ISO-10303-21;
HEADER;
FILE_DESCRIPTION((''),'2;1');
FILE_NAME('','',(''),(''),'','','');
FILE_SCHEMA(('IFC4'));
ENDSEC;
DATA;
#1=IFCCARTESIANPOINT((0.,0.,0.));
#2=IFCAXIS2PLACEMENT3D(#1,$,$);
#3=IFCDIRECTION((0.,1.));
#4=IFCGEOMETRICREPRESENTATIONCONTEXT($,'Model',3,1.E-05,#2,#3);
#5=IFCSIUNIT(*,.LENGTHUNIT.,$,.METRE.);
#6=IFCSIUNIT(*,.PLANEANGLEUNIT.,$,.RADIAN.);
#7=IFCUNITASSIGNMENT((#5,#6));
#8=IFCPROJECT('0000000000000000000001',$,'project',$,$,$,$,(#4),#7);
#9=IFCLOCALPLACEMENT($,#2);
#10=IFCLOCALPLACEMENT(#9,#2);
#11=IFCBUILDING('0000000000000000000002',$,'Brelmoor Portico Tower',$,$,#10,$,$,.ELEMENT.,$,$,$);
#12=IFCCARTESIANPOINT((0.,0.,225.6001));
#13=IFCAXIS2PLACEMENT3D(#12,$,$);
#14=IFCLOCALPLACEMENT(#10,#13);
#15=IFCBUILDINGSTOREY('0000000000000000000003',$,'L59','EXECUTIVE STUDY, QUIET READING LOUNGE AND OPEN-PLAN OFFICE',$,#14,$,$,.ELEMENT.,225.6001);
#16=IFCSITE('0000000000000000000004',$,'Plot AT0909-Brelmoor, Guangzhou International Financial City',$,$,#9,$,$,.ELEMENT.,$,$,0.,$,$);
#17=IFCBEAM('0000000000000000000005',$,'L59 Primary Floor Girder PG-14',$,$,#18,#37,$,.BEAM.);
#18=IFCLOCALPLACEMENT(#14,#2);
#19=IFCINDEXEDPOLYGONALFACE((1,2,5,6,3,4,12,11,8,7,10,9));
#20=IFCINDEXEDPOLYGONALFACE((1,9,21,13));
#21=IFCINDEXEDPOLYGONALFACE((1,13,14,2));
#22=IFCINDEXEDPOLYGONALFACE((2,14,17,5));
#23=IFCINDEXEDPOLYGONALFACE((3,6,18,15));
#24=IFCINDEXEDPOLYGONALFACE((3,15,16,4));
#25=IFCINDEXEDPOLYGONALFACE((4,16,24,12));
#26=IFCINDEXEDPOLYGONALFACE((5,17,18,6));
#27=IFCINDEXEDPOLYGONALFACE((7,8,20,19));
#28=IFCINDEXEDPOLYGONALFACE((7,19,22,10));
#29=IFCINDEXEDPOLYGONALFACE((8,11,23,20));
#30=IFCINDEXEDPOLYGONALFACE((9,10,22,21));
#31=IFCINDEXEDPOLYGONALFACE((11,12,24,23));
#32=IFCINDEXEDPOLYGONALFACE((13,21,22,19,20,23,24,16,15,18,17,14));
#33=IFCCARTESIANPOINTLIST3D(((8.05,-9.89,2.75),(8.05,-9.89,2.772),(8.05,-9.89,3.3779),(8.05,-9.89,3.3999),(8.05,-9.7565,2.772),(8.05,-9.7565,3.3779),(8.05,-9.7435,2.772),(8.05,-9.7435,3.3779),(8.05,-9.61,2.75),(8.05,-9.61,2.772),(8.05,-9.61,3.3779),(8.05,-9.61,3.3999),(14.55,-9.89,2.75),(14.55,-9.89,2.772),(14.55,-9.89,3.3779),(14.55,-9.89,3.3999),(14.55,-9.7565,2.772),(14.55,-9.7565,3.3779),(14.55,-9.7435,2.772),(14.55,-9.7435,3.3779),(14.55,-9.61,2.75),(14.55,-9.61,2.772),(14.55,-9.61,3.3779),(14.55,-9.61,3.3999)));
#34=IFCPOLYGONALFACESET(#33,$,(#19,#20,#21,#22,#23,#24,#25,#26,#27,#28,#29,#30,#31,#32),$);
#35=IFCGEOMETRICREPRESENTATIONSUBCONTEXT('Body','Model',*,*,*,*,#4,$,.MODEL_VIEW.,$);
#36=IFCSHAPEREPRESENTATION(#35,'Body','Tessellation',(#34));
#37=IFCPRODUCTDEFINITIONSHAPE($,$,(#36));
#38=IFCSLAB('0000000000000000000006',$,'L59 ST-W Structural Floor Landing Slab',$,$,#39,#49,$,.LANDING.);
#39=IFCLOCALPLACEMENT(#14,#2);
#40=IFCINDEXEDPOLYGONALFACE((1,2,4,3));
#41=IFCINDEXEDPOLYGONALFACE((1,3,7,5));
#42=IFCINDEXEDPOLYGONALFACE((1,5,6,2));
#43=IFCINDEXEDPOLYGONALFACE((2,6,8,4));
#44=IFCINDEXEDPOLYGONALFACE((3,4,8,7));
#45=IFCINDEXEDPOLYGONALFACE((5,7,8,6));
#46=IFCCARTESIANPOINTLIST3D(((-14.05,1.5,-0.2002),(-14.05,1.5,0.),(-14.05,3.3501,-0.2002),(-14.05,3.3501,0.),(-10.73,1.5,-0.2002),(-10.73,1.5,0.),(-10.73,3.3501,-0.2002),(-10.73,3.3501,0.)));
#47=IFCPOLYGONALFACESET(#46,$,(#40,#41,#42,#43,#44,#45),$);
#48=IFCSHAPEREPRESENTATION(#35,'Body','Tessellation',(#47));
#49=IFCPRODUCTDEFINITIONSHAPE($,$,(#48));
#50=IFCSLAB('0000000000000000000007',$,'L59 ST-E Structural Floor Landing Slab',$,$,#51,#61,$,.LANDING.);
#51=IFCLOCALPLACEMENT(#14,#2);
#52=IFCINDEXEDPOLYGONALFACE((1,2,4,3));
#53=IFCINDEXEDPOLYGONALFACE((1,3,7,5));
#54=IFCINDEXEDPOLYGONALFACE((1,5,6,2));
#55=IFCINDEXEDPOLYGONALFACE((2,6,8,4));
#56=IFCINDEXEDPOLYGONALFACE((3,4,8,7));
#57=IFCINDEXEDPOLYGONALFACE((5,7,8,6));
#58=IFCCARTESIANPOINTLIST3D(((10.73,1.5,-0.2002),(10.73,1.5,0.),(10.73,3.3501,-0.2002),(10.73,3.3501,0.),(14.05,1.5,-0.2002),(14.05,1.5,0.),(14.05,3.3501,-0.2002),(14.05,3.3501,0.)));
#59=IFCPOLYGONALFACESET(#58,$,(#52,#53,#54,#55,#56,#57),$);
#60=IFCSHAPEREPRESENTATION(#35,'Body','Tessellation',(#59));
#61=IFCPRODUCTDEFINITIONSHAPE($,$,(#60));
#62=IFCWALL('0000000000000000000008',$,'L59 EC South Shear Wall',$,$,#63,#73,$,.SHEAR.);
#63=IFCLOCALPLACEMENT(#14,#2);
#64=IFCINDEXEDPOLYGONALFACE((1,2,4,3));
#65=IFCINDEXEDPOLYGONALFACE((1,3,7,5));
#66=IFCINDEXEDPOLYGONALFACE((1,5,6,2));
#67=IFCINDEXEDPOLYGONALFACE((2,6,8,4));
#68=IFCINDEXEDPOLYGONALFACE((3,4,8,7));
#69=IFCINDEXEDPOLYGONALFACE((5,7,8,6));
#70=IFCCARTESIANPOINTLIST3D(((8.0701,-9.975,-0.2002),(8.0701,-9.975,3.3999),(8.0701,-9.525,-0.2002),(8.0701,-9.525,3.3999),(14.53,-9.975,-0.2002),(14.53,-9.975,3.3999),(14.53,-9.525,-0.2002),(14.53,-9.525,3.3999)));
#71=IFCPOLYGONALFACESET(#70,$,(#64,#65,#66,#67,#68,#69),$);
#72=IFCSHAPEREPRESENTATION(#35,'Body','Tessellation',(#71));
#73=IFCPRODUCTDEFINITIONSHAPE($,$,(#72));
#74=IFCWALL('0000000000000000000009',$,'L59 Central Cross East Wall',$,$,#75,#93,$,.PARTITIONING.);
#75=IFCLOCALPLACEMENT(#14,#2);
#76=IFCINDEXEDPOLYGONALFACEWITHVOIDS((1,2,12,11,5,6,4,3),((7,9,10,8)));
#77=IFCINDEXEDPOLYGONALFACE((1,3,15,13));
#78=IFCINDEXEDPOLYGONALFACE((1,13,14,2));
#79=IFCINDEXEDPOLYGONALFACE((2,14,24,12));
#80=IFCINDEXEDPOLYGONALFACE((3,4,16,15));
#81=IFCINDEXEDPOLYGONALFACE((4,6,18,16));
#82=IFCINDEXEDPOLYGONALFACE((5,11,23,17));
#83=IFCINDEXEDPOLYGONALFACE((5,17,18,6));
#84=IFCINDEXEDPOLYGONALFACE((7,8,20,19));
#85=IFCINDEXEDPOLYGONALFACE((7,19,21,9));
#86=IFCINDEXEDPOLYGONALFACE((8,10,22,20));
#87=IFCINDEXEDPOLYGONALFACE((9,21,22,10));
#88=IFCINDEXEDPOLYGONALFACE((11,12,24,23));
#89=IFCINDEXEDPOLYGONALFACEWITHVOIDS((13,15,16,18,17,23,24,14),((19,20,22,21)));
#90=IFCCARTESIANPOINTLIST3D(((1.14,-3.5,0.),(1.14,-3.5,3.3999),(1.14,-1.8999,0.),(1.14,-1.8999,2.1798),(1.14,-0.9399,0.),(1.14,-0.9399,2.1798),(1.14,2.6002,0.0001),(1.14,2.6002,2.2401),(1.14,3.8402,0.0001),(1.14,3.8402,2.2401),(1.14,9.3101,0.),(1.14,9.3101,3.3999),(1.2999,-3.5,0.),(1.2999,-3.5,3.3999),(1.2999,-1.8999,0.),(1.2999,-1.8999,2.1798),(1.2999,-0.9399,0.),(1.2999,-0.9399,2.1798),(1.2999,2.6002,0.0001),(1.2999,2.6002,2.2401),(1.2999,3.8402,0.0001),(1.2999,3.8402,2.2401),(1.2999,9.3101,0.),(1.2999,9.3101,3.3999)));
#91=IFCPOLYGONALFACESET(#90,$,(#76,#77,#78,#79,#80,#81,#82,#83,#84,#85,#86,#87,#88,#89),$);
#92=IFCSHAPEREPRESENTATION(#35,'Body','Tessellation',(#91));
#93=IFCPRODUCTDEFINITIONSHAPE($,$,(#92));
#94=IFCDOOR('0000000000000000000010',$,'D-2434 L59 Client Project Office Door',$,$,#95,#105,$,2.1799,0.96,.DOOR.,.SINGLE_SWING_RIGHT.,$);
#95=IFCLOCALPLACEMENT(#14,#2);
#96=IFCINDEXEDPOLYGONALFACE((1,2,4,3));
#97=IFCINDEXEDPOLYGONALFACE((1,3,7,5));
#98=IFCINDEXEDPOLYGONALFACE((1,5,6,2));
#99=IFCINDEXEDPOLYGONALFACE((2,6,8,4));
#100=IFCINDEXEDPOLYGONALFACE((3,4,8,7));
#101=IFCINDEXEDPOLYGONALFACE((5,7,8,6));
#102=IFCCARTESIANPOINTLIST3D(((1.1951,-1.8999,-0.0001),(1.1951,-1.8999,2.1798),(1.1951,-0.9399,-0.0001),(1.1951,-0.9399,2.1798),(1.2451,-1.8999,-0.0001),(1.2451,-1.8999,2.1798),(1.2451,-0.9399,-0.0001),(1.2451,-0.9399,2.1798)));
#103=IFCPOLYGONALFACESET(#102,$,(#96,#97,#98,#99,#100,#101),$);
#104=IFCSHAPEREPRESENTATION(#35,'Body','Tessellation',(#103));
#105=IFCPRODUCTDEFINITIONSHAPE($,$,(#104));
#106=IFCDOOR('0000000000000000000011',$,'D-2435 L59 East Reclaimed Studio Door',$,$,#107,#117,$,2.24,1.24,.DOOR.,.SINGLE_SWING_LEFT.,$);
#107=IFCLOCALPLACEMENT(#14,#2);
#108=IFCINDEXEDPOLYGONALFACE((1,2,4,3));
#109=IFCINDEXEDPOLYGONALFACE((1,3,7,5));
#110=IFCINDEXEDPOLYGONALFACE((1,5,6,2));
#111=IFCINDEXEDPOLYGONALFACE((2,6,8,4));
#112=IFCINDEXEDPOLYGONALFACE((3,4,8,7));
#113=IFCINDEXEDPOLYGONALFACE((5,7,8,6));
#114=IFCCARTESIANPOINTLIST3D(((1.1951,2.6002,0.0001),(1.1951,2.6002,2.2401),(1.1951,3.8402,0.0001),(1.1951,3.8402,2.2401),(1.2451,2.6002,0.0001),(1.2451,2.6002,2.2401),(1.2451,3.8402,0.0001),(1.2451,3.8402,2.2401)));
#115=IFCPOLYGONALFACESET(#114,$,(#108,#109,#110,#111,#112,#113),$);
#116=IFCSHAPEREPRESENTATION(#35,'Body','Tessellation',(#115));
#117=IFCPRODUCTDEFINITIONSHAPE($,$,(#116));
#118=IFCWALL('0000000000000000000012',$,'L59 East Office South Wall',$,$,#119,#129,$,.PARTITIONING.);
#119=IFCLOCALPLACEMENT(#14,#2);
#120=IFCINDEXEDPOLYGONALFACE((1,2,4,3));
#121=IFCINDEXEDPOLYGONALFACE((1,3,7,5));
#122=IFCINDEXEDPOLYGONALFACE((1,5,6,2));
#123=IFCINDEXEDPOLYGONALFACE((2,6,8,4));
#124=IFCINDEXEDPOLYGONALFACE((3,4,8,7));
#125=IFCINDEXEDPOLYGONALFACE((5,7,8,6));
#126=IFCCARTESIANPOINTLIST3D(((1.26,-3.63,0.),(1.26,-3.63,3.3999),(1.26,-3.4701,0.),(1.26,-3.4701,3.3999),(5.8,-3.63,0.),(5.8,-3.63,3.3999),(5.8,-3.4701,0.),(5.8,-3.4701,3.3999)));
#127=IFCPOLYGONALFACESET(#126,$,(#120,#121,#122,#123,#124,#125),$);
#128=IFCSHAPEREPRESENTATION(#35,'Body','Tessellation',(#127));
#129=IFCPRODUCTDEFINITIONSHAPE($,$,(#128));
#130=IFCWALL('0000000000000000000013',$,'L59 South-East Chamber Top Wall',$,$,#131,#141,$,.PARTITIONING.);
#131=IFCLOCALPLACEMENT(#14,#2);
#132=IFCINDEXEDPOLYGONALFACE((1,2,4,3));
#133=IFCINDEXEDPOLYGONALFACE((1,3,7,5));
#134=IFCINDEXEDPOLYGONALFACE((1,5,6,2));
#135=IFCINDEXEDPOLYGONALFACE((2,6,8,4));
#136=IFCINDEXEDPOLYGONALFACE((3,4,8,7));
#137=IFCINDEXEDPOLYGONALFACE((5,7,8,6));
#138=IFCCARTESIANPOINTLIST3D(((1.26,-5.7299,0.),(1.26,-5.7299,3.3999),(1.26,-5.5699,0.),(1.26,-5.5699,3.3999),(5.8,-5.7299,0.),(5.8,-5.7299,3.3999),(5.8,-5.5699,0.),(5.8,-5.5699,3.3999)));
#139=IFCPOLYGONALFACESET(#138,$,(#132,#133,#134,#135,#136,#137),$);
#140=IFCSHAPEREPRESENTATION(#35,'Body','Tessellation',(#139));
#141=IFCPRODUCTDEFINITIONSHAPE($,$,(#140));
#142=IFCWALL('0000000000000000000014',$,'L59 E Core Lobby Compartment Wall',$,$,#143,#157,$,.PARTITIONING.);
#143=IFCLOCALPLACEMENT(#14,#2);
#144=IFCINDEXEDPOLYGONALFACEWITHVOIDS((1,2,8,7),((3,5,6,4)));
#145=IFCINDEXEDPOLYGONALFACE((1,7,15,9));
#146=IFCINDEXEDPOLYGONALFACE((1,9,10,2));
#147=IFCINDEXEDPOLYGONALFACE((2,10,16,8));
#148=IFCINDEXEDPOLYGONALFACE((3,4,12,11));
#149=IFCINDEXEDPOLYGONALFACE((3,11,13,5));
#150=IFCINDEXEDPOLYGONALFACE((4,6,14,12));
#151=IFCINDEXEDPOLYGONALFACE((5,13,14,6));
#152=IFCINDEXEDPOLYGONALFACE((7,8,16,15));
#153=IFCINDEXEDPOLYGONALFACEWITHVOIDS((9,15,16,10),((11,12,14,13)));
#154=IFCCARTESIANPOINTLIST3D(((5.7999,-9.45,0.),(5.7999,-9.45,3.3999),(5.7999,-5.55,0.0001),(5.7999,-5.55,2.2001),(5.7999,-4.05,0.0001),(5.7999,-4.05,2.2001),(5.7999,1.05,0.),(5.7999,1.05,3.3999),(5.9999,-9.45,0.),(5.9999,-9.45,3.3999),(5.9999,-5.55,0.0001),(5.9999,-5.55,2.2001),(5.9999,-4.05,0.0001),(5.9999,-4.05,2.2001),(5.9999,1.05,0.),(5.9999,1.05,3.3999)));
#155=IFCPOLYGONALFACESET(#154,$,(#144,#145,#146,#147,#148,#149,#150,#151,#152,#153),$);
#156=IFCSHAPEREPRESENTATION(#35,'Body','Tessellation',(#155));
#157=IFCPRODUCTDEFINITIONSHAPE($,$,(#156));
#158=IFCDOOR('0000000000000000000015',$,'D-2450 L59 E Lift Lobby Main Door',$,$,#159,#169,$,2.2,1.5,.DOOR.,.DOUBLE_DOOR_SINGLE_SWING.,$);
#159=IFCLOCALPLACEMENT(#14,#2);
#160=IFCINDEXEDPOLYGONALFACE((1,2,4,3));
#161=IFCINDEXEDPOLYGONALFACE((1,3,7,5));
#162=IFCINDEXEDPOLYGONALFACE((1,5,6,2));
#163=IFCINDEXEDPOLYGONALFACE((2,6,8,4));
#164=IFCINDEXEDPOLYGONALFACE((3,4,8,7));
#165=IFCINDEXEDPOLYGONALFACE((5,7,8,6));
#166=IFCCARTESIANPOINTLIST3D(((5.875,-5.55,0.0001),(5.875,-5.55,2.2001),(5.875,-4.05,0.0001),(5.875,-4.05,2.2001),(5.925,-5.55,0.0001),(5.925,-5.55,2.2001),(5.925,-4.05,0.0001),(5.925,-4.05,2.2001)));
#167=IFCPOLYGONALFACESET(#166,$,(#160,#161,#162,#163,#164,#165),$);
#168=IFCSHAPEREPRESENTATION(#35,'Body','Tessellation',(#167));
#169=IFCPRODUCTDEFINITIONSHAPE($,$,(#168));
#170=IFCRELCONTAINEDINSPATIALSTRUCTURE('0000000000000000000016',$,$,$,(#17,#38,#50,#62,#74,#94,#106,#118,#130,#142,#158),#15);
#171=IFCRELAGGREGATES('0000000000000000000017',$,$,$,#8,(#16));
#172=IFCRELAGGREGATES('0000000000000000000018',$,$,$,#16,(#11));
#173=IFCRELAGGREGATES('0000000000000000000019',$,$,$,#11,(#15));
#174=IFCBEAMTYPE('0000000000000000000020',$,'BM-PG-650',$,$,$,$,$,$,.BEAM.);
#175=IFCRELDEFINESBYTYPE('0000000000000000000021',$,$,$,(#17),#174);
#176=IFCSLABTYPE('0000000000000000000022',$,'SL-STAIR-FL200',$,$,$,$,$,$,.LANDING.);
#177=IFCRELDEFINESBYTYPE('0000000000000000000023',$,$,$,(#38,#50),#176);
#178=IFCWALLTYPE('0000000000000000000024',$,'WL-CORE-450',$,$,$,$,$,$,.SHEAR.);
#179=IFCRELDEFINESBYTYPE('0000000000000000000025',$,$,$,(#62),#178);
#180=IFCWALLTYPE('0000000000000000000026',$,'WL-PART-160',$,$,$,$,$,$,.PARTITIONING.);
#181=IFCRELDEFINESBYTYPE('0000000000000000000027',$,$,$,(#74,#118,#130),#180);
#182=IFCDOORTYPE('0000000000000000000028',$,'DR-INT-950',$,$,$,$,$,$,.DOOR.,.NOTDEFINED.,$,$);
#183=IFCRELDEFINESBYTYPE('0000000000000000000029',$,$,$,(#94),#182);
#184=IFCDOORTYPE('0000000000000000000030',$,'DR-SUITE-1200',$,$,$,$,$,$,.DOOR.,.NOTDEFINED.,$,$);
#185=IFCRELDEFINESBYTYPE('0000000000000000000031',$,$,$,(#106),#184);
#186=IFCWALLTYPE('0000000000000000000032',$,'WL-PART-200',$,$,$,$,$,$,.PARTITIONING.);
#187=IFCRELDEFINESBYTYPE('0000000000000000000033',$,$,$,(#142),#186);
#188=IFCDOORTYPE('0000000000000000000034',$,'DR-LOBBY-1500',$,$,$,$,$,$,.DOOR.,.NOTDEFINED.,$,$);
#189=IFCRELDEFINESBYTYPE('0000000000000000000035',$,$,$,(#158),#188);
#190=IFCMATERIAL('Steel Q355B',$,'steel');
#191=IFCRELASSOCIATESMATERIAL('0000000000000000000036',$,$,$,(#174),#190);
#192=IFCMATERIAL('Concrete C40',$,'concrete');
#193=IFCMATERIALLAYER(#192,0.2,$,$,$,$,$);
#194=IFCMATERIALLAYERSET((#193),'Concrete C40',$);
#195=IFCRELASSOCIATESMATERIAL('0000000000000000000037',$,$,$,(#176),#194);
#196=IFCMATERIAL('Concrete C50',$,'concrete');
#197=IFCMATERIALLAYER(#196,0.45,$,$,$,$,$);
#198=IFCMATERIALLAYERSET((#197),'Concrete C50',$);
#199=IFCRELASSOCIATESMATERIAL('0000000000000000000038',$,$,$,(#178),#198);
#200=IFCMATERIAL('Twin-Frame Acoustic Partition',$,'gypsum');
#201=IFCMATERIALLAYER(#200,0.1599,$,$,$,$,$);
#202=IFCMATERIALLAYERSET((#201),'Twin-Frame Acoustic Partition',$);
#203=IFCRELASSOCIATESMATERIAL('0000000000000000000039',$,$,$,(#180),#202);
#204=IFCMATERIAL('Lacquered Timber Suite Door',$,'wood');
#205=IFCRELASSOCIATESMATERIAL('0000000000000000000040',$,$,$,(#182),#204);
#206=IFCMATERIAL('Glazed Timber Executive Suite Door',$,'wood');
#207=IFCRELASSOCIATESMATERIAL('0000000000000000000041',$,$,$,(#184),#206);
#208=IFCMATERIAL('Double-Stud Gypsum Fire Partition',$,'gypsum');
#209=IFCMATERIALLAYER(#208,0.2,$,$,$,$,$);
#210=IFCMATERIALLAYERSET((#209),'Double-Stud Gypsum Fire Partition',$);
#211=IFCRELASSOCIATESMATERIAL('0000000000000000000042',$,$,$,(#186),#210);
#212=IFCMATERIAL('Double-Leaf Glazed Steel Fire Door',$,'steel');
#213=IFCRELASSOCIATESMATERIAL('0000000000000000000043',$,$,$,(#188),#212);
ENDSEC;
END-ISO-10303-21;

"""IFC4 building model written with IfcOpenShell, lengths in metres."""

from ifc_helpers import new_model, si_unit, direction, frame, frame_2d, origin, origin_2d, place, context, subcontext, project, spatial, polyline, rectangle, i_section, outline, extrude, material, layer, layer_set, material_profile, profile_set, type_object, element, fill, save


model = new_model("IFC4")

# Units and contexts
model_context = context("Model", 3, precision=1e-05, world=origin(), true_north=direction((0.0, 1.0)))
body_context = subcontext(model_context, "Body", "Model", "MODEL_VIEW")
ifc_project = project(units=[si_unit("LENGTHUNIT", "METRE"), si_unit("PLANEANGLEUNIT", "RADIAN")], contexts=[model_context])

# Site, building, storey
site_placement = place(None, origin())
site = spatial("IfcSite", under=ifc_project, at=site_placement, Name="Plot AT0909-Brelmoor, Guangzhou International Financial City", CompositionType="ELEMENT", RefElevation=0.0)
building_placement = place(site_placement, origin())
building = spatial("IfcBuilding", under=site, at=building_placement, Name="Brelmoor Portico Tower", CompositionType="ELEMENT")
storey_placement = place(building_placement, frame((0.0, 0.0, 225.6001)))
storey = spatial("IfcBuildingStorey", under=building, at=storey_placement, Name="L59", Description="EXECUTIVE STUDY, QUIET READING LOUNGE AND OPEN-PLAN OFFICE", CompositionType="ELEMENT", Elevation=225.6001)

# Beam
ifc_material_1 = material(Name="Steel Q355B", Category="steel")
ifc_material_profile = material_profile(ifc_material_1, i_section(OverallWidth=0.28, OverallDepth=0.6499, WebThickness=0.0129, FlangeThickness=0.022, at=origin_2d()), Name="HN 650x280x13x22")
ifc_profile_set = profile_set([ifc_material_profile], Name="Steel Q355B")
beam_type = type_object("IfcBeamType", Name="BM-PG-650", PredefinedType="BEAM", material=ifc_profile_set)
beam_placement = place(storey_placement, frame((8.05, -9.75, 3.075), z_axis=(1.0, 0.0, 0.0), x_axis=(0.0, 1.0, 0.0)))
element("IfcBeam", 1, at=beam_placement, inside=storey, type_object=beam_type, Name="L59 Primary Floor Girder PG-14", PredefinedType="BEAM", context=body_context, shape_type="SweptSolid", body=[
    extrude(i_section(OverallWidth=0.28, OverallDepth=0.6499, WebThickness=0.0129, FlangeThickness=0.022, at=origin_2d()), origin(), (0.0, 0.0, 1.0), 6.5),
])

# Slabs
ifc_material_2 = material(Name="Concrete C40", Category="concrete")
ifc_layer_1 = layer(ifc_material_2, 0.2)
ifc_layer_set_1 = layer_set([ifc_layer_1], Name="Concrete C40")
slab_type = type_object("IfcSlabType", Name="SL-STAIR-FL200", PredefinedType="LANDING", material=ifc_layer_set_1)
slab_1_placement = place(storey_placement, frame((0.0, 0.0, -0.2002)))
element("IfcSlab", 2, at=slab_1_placement, inside=storey, type_object=slab_type, Name="L59 ST-W Structural Floor Landing Slab", PredefinedType="LANDING", context=body_context, shape_type="SweptSolid", body=[
    extrude(outline(polyline([(-10.73, 1.5), (-10.73, 3.3501), (-14.05, 3.3501), (-14.05, 1.5), (-10.73, 1.5)])), origin(), (0.0, 0.0, 1.0), 0.2002),
])
slab_2_placement = place(storey_placement, frame((0.0, 0.0, -0.2002)))
element("IfcSlab", 3, at=slab_2_placement, inside=storey, type_object=slab_type, Name="L59 ST-E Structural Floor Landing Slab", PredefinedType="LANDING", context=body_context, shape_type="SweptSolid", body=[
    extrude(outline(polyline([(14.05, 1.5), (14.05, 3.3501), (10.73, 3.3501), (10.73, 1.5), (14.05, 1.5)])), origin(), (0.0, 0.0, 1.0), 0.2002),
])

# Wall
ifc_material_3 = material(Name="Concrete C50", Category="concrete")
ifc_layer_2 = layer(ifc_material_3, 0.45)
ifc_layer_set_2 = layer_set([ifc_layer_2], Name="Concrete C50")
wall_type_1 = type_object("IfcWallType", Name="WL-CORE-450", PredefinedType="SHEAR", material=ifc_layer_set_2)
wall_1_placement = place(storey_placement, frame((8.0701, -9.75, -0.2002), z_axis=(0.0, 0.0, 1.0), x_axis=(1.0, 0.0, 0.0)))
element("IfcWall", 4, at=wall_1_placement, inside=storey, type_object=wall_type_1, Name="L59 EC South Shear Wall", PredefinedType="SHEAR", context=body_context, shape_type="SweptSolid", body=[
    extrude(rectangle(XDim=6.46, YDim=0.45, at=frame_2d((3.23, 0.0))), origin(), (0.0, 0.0, 1.0), 3.6001),
])

# Wall, openings, doors
ifc_material_4 = material(Name="Twin-Frame Acoustic Partition", Category="gypsum")
ifc_layer_3 = layer(ifc_material_4, 0.1599)
ifc_layer_set_3 = layer_set([ifc_layer_3], Name="Twin-Frame Acoustic Partition")
wall_type_2 = type_object("IfcWallType", Name="WL-PART-160", PredefinedType="PARTITIONING", material=ifc_layer_set_3)
wall_2_placement = place(storey_placement, frame((1.22, -3.5, 0.0), z_axis=(0.0, 0.0, 1.0), x_axis=(0.0, 1.0, 0.0)))
wall_2 = element("IfcWall", 5, at=wall_2_placement, inside=storey, type_object=wall_type_2, Name="L59 Central Cross East Wall", PredefinedType="PARTITIONING", context=body_context, shape_type="SweptSolid", body=[
    extrude(rectangle(XDim=12.8101, YDim=0.1599, at=frame_2d((6.405, 0.0))), origin(), (0.0, 0.0, 1.0), 3.3999),
])
opening_1_placement = place(wall_2_placement, frame((6.1001, 0.0, 0.0)))
opening_1 = element("IfcOpeningElement", 6, at=opening_1_placement, cuts=wall_2, PredefinedType="OPENING", context=body_context, shape_type="SweptSolid", body=[
    extrude(rectangle(XDim=1.24, YDim=2.24, at=frame_2d((0.6201, 1.1201))), frame((0.0, 0.0898, 0.0), z_axis=(0.0, -1.0, 0.0), x_axis=(1.0, 0.0, 0.0)), (0.0, 0.0, 1.0), 0.1799),
])
opening_2_placement = place(wall_2_placement, frame((1.6001, 0.0, 0.0)))
opening_2 = element("IfcOpeningElement", 7, at=opening_2_placement, cuts=wall_2, PredefinedType="OPENING", context=body_context, shape_type="SweptSolid", body=[
    extrude(rectangle(XDim=0.96, YDim=2.1799, at=frame_2d((0.48, 1.0898))), frame((0.0, 0.0898, 0.0), z_axis=(0.0, -1.0, 0.0), x_axis=(1.0, 0.0, 0.0)), (0.0, 0.0, 1.0), 0.1799),
])
ifc_material_5 = material(Name="Lacquered Timber Suite Door", Category="wood")
door_type_1 = type_object("IfcDoorType", Name="DR-INT-950", OperationType="NOTDEFINED", PredefinedType="DOOR", material=ifc_material_5)
door_1_placement = place(opening_2_placement, origin())
door_1 = element("IfcDoor", 8, at=door_1_placement, inside=storey, type_object=door_type_1, Name="D-2434 L59 Client Project Office Door", OperationType="SINGLE_SWING_RIGHT", OverallHeight=2.1799, OverallWidth=0.96, PredefinedType="DOOR", context=body_context, shape_type="SweptSolid", body=[
    extrude(rectangle(XDim=0.96, YDim=2.1799, at=frame_2d((0.48, 1.0898))), frame((0.0, 0.0249, 0.0), z_axis=(0.0, -1.0, 0.0), x_axis=(1.0, 0.0, 0.0)), (0.0, 0.0, 1.0), 0.05),
])
fill(opening_2, door_1)
ifc_material_6 = material(Name="Glazed Timber Executive Suite Door", Category="wood")
door_type_2 = type_object("IfcDoorType", Name="DR-SUITE-1200", OperationType="NOTDEFINED", PredefinedType="DOOR", material=ifc_material_6)
door_2_placement = place(opening_1_placement, origin())
door_2 = element("IfcDoor", 9, at=door_2_placement, inside=storey, type_object=door_type_2, Name="D-2435 L59 East Reclaimed Studio Door", OperationType="SINGLE_SWING_LEFT", OverallHeight=2.24, OverallWidth=1.24, PredefinedType="DOOR", context=body_context, shape_type="SweptSolid", body=[
    extrude(rectangle(XDim=1.24, YDim=2.24, at=frame_2d((0.6201, 1.1201))), frame((0.0, 0.0249, 0.0), z_axis=(0.0, -1.0, 0.0), x_axis=(1.0, 0.0, 0.0)), (0.0, 0.0, 1.0), 0.05),
])
fill(opening_1, door_2)

# Walls
for number, where, z_axis, x_axis, name in (
    (10, (1.26, -3.55, 0.0), (0.0, 0.0, 1.0), (1.0, 0.0, 0.0), "L59 East Office South Wall"),
    (11, (1.26, -5.6499, 0.0), (0.0, 0.0, 1.0), (1.0, 0.0, 0.0), "L59 South-East Chamber Top Wall"),
):
    element("IfcWall", number, at=place(storey_placement, frame(where, z_axis=z_axis, x_axis=x_axis)), inside=storey, type_object=wall_type_2, Name=name, PredefinedType="PARTITIONING", context=body_context, shape_type="SweptSolid", body=[
        extrude(rectangle(XDim=4.54, YDim=0.1599, at=frame_2d((2.27, 0.0))), origin(), (0.0, 0.0, 1.0), 3.3999),
    ])

# Wall, opening, door
ifc_material_7 = material(Name="Double-Stud Gypsum Fire Partition", Category="gypsum")
ifc_layer_4 = layer(ifc_material_7, 0.2)
ifc_layer_set_4 = layer_set([ifc_layer_4], Name="Double-Stud Gypsum Fire Partition")
wall_type_3 = type_object("IfcWallType", Name="WL-PART-200", PredefinedType="PARTITIONING", material=ifc_layer_set_4)
wall_3_placement = place(storey_placement, frame((5.8999, -9.45, 0.0), z_axis=(0.0, 0.0, 1.0), x_axis=(0.0, 1.0, 0.0)))
wall_3 = element("IfcWall", 12, at=wall_3_placement, inside=storey, type_object=wall_type_3, Name="L59 E Core Lobby Compartment Wall", PredefinedType="PARTITIONING", context=body_context, shape_type="SweptSolid", body=[
    extrude(rectangle(XDim=10.5, YDim=0.2, at=frame_2d((5.25, 0.0))), origin(), (0.0, 0.0, 1.0), 3.3999),
])
opening_3_placement = place(wall_3_placement, frame((3.8999, 0.0, 0.0)))
opening_3 = element("IfcOpeningElement", 13, at=opening_3_placement, cuts=wall_3, PredefinedType="OPENING", context=body_context, shape_type="SweptSolid", body=[
    extrude(rectangle(XDim=1.5, YDim=2.2, at=frame_2d((0.75, 1.1001))), frame((0.0, 0.1099, 0.0), z_axis=(0.0, -1.0, 0.0), x_axis=(1.0, 0.0, 0.0)), (0.0, 0.0, 1.0), 0.22),
])
ifc_material_8 = material(Name="Double-Leaf Glazed Steel Fire Door", Category="steel")
door_type_3 = type_object("IfcDoorType", Name="DR-LOBBY-1500", OperationType="NOTDEFINED", PredefinedType="DOOR", material=ifc_material_8)
door_3_placement = place(opening_3_placement, origin())
door_3 = element("IfcDoor", 14, at=door_3_placement, inside=storey, type_object=door_type_3, Name="D-2450 L59 E Lift Lobby Main Door", OperationType="DOUBLE_DOOR_SINGLE_SWING", OverallHeight=2.2, OverallWidth=1.5, PredefinedType="DOOR", context=body_context, shape_type="SweptSolid", body=[
    extrude(rectangle(XDim=1.5, YDim=2.2, at=frame_2d((0.75, 1.1001))), frame((0.0, 0.0249, 0.0), z_axis=(0.0, -1.0, 0.0), x_axis=(1.0, 0.0, 0.0)), (0.0, 0.0, 1.0), 0.05),
])
fill(opening_3, door_3)

save(model, "model.ifc")
